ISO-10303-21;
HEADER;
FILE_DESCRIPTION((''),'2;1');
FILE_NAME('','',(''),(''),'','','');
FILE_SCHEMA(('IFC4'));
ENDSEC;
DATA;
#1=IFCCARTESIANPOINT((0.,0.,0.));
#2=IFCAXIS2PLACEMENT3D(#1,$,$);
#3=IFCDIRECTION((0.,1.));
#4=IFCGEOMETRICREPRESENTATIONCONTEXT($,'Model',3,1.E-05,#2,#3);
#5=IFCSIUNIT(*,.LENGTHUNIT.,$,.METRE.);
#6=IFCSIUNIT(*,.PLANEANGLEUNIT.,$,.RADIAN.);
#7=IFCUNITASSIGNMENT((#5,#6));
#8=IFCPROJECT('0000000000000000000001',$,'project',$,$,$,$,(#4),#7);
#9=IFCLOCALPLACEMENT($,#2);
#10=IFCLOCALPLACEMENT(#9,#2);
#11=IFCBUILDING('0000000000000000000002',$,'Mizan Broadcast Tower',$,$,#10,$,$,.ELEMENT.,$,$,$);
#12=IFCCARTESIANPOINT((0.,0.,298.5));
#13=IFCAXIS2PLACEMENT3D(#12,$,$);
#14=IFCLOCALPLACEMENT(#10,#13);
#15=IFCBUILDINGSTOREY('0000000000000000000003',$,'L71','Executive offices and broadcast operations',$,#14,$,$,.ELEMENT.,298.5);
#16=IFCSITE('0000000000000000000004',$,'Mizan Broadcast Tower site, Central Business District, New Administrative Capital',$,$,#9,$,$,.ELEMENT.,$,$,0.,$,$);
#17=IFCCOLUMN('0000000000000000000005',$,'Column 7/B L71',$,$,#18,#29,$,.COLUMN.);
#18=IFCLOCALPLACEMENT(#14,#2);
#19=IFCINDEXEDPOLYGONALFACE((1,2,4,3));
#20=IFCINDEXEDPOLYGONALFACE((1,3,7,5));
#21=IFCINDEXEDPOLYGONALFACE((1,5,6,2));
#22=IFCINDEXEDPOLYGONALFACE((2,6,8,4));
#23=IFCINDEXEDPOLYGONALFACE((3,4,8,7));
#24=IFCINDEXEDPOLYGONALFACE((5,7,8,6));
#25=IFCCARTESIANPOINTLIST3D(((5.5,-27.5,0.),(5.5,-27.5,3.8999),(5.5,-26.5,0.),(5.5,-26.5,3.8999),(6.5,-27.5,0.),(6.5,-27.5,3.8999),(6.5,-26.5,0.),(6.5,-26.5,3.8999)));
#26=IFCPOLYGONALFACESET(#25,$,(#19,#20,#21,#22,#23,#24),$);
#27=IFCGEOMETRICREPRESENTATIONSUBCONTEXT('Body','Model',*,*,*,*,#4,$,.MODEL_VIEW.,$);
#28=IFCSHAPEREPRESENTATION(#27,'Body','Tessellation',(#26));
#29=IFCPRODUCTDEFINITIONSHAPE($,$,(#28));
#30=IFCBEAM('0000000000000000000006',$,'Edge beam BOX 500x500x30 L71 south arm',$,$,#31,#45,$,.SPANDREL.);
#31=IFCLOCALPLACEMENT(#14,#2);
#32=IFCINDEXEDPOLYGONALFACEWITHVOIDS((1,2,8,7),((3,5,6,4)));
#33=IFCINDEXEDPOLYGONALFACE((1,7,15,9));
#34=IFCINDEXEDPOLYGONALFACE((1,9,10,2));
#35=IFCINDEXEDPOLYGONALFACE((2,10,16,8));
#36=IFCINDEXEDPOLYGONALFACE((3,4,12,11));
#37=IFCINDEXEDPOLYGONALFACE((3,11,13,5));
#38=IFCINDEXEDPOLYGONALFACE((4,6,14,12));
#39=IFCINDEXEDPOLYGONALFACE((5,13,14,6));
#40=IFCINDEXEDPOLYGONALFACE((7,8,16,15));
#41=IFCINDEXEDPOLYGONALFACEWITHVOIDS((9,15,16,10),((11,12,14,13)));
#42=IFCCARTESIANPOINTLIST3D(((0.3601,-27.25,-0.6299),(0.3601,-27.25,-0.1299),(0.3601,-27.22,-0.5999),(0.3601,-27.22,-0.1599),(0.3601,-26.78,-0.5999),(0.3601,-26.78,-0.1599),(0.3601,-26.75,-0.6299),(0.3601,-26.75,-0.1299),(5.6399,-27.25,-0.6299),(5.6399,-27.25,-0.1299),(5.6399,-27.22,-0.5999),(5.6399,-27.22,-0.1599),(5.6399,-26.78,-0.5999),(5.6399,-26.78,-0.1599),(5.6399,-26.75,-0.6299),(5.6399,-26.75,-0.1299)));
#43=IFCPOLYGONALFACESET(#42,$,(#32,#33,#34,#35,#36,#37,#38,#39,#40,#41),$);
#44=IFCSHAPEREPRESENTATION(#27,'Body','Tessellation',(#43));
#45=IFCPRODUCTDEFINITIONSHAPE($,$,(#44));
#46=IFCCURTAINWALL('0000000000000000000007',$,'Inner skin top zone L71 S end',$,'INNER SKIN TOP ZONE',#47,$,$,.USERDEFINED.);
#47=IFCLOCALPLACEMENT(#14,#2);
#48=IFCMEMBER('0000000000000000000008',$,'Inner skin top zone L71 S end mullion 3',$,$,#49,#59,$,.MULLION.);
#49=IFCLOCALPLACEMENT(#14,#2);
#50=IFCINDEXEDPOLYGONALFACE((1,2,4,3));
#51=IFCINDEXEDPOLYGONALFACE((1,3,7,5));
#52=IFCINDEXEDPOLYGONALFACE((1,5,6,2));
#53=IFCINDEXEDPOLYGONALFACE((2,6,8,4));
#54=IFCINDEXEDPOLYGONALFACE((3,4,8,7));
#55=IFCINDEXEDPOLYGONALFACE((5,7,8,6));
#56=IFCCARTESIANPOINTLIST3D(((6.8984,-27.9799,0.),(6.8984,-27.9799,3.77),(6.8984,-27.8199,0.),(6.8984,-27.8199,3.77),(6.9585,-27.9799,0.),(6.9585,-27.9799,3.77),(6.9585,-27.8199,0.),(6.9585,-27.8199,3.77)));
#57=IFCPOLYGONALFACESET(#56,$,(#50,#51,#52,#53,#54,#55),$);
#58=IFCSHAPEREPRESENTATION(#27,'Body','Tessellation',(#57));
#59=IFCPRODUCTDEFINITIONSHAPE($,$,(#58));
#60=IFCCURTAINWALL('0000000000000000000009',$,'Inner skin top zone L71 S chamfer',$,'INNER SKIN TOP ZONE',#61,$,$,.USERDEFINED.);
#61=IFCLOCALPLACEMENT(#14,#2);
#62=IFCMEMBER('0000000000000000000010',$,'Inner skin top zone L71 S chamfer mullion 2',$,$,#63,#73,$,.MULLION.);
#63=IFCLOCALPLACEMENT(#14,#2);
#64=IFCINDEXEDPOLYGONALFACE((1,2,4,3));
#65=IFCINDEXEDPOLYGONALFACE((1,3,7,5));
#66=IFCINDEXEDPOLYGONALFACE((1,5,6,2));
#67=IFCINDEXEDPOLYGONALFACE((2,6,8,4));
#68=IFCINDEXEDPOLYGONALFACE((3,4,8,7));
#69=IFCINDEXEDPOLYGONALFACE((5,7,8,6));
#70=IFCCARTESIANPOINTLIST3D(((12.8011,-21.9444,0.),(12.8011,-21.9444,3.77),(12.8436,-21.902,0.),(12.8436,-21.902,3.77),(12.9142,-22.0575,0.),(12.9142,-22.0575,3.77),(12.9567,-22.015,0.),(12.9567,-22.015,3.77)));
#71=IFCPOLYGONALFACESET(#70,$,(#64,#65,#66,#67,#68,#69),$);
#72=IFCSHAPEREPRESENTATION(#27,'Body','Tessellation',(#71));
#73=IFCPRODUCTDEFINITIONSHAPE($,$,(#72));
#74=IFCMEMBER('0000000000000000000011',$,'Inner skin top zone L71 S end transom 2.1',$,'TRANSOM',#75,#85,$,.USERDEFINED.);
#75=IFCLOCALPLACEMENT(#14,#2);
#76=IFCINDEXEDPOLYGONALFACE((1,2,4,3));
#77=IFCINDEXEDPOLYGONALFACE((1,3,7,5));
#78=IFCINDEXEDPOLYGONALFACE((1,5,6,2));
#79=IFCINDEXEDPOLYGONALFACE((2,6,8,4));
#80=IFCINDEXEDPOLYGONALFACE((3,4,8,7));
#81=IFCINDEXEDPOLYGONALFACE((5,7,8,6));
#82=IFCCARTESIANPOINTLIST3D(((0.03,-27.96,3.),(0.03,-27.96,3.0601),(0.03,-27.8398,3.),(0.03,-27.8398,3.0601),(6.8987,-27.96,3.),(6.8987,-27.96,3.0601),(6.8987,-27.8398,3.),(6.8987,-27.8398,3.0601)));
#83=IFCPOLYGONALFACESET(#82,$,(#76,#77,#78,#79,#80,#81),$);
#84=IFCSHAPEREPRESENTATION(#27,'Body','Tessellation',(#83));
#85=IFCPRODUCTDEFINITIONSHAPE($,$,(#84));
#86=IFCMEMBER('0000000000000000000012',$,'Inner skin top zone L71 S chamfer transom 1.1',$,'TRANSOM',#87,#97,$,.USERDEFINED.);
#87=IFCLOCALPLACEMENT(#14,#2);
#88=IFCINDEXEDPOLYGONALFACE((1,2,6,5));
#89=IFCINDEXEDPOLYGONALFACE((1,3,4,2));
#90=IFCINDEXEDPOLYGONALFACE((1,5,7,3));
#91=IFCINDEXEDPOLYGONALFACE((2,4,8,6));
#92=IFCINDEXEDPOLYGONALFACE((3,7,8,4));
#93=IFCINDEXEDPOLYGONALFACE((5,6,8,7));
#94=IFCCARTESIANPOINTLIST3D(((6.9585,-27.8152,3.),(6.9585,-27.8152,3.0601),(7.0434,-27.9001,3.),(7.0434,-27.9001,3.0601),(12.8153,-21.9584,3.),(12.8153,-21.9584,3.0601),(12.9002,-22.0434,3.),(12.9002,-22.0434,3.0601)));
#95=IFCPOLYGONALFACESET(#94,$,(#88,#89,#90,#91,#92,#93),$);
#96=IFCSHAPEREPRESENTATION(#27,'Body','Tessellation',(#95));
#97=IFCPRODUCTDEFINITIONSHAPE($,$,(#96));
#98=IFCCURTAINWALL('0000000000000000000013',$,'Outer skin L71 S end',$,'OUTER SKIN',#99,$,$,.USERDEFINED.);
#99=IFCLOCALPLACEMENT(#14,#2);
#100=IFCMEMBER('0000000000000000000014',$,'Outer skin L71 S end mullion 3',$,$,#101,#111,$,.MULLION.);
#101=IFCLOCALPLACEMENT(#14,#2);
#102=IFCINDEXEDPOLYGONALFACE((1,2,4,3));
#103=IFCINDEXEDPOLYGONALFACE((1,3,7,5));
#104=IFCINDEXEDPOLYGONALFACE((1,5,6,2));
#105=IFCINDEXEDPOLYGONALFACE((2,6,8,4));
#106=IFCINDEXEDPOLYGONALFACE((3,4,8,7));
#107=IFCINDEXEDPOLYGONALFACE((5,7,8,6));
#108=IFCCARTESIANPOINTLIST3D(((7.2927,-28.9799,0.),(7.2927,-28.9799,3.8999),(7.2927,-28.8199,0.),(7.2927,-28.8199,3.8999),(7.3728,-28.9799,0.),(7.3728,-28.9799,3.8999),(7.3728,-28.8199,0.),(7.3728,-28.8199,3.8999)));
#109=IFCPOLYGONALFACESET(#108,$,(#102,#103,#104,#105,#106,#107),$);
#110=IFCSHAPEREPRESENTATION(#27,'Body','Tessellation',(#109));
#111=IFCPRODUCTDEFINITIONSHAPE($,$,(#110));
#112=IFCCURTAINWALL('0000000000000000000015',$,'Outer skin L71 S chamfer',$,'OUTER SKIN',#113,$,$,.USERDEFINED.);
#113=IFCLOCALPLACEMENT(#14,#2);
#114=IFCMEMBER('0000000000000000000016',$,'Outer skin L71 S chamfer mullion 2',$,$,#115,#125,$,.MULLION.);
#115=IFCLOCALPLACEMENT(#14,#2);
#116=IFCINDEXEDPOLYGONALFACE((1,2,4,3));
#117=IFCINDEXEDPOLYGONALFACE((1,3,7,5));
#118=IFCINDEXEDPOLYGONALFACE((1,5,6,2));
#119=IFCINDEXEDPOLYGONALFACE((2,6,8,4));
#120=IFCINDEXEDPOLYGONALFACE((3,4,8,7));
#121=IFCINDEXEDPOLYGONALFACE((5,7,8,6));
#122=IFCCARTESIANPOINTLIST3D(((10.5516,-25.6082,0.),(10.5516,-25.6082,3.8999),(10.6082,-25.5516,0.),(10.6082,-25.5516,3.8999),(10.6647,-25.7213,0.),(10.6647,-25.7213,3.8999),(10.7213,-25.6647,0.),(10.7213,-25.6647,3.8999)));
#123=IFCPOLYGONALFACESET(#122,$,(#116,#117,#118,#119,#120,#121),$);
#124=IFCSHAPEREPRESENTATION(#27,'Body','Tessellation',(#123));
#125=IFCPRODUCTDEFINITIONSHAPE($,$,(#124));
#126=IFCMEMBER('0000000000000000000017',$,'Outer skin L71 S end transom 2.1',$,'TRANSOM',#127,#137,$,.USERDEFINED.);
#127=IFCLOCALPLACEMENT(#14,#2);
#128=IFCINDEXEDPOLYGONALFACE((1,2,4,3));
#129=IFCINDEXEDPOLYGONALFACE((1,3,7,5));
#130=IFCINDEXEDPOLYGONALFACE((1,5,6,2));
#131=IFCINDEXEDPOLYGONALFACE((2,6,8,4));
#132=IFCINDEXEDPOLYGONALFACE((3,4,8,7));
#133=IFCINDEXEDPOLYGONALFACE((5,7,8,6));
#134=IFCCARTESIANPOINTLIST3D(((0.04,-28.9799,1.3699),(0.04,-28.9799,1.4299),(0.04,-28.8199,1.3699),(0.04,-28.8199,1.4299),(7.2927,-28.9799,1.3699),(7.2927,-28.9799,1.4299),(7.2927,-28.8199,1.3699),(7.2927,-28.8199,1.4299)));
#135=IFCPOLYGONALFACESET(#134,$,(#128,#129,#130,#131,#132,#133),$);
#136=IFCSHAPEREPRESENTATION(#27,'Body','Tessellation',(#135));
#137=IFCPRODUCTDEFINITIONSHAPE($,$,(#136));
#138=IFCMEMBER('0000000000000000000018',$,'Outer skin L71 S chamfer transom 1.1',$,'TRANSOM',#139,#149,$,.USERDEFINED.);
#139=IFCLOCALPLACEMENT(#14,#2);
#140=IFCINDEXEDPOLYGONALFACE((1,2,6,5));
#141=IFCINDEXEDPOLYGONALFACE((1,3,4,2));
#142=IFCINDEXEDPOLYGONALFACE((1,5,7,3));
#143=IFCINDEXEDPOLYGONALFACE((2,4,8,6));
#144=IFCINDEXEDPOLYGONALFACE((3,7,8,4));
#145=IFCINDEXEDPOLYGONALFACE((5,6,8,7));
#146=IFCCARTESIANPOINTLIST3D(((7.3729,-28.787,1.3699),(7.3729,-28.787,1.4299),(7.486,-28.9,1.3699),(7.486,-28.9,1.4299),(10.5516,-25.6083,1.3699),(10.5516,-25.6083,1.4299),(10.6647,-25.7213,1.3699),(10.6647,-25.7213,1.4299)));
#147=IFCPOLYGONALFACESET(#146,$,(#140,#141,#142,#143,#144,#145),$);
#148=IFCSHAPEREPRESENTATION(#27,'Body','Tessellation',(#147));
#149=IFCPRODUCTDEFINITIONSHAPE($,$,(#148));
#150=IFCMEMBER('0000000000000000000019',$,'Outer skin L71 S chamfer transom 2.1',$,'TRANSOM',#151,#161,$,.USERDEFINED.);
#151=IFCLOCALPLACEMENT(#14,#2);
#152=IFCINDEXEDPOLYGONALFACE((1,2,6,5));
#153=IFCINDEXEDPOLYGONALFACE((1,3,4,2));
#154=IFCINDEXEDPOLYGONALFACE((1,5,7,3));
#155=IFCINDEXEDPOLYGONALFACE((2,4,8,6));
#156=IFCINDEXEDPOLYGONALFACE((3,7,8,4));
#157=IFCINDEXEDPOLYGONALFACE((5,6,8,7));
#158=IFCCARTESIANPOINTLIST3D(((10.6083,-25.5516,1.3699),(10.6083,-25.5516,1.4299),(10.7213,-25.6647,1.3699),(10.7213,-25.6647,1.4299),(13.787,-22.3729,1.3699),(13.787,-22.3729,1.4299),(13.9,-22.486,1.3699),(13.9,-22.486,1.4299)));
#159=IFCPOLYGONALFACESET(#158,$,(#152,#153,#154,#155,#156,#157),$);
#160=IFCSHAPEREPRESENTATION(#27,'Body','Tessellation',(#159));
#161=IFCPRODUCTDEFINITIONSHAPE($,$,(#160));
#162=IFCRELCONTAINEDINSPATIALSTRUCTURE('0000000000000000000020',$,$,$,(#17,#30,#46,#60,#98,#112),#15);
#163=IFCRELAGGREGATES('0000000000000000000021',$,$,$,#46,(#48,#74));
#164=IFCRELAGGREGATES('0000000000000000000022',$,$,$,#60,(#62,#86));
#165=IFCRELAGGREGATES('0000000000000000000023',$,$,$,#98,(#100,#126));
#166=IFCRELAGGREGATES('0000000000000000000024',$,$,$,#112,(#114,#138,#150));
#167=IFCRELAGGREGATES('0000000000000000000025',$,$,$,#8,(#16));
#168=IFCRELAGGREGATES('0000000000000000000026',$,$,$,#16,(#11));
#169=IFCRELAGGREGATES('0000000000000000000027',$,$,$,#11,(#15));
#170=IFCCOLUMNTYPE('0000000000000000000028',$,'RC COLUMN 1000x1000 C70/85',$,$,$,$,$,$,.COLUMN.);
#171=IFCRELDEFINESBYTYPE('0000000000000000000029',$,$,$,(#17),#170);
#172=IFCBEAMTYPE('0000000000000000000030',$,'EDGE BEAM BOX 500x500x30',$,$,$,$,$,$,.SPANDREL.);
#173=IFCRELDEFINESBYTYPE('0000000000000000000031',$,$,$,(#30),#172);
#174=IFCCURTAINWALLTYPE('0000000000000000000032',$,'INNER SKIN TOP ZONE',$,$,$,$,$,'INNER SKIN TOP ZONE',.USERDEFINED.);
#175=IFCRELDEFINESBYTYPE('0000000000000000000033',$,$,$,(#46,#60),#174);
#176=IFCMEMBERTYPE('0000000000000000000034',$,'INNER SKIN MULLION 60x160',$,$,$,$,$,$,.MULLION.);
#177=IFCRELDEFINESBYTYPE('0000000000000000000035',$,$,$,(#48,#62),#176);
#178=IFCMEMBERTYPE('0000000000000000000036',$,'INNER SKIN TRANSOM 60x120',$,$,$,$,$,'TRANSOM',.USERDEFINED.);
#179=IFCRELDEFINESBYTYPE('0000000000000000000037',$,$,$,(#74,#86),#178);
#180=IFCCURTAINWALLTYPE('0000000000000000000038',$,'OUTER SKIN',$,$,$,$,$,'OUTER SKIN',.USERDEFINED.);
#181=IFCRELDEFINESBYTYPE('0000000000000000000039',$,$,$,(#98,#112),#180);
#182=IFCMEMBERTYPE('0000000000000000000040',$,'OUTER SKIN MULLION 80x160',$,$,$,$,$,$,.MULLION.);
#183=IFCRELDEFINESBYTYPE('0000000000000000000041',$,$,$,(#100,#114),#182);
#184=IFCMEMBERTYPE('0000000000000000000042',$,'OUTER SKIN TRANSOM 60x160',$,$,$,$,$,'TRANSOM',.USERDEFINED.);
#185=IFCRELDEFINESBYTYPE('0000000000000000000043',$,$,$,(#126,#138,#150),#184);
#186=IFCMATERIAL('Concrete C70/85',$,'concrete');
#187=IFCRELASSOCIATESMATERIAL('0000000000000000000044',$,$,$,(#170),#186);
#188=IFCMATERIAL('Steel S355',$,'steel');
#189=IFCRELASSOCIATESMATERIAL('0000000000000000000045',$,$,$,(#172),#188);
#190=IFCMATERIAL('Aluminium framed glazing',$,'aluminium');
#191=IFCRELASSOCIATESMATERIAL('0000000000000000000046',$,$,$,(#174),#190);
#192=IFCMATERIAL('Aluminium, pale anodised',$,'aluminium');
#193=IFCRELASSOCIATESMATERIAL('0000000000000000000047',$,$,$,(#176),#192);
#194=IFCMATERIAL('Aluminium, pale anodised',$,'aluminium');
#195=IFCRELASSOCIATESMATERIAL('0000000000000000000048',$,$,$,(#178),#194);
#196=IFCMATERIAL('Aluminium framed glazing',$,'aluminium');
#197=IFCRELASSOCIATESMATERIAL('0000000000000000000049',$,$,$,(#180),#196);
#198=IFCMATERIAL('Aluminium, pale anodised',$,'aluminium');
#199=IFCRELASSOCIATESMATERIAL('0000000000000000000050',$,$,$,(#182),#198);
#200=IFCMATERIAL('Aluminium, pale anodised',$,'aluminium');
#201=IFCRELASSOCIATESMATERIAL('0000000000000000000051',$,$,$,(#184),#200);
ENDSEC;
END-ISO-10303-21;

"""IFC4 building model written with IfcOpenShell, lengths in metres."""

from ifc_helpers import new_model, si_unit, direction, frame, origin, origin_2d, place, context, subcontext, project, spatial, rectangle, hollow_rectangle, extrude, material, material_profile, profile_set, type_object, element, aggregate, save


model = new_model("IFC4")

# Units and contexts
model_context = context("Model", 3, precision=1e-05, world=origin(), true_north=direction((0.0, 1.0)))
body_context = subcontext(model_context, "Body", "Model", "MODEL_VIEW")
ifc_project = project(units=[si_unit("LENGTHUNIT", "METRE"), si_unit("PLANEANGLEUNIT", "RADIAN")], contexts=[model_context])

# Site, building, storey
site_placement = place(None, origin())
site = spatial("IfcSite", under=ifc_project, at=site_placement, Name="Mizan Broadcast Tower site, Central Business District, New Administrative Capital", CompositionType="ELEMENT", RefElevation=0.0)
building_placement = place(site_placement, origin())
building = spatial("IfcBuilding", under=site, at=building_placement, Name="Mizan Broadcast Tower", CompositionType="ELEMENT")
storey_placement = place(building_placement, frame((0.0, 0.0, 298.5)))
storey = spatial("IfcBuildingStorey", under=building, at=storey_placement, Name="L71", Description="Executive offices and broadcast operations", CompositionType="ELEMENT", Elevation=298.5)

# Column
ifc_material_1 = material(Name="Concrete C70/85", Category="concrete")
ifc_material_profile_1 = material_profile(ifc_material_1, rectangle(XDim=1.0, YDim=1.0, at=origin_2d()), Name="RC 1000x1000")
ifc_profile_set_1 = profile_set([ifc_material_profile_1], Name="Concrete C70/85")
column_type = type_object("IfcColumnType", Name="RC COLUMN 1000x1000 C70/85", PredefinedType="COLUMN", material=ifc_profile_set_1)
column_placement = place(storey_placement, frame((6.0, -27.0, 0.0), z_axis=(0.0, 0.0, 1.0), x_axis=(1.0, 0.0, 0.0)))
element("IfcColumn", 1, at=column_placement, inside=storey, type_object=column_type, Name="Column 7/B L71", PredefinedType="COLUMN", context=body_context, shape_type="SweptSolid", body=[
    extrude(rectangle(XDim=1.0, YDim=1.0, at=origin_2d()), origin(), (0.0, 0.0, 1.0), 3.8999),
])

# Beam
ifc_material_2 = material(Name="Steel S355", Category="steel")
ifc_material_profile_2 = material_profile(ifc_material_2, hollow_rectangle(XDim=0.5, YDim=0.5, WallThickness=0.03, at=origin_2d()), Name="BOX 500x500x30")
ifc_profile_set_2 = profile_set([ifc_material_profile_2], Name="Steel S355")
beam_type_1 = type_object("IfcBeamType", Name="EDGE BEAM BOX 500x500x30", PredefinedType="SPANDREL", material=ifc_profile_set_2)
beam_1_placement = place(storey_placement, frame((5.6399, -27.0, -0.3799), z_axis=(-1.0, 0.0, 0.0), x_axis=(0.0, -1.0, 0.0)))
element("IfcBeam", 2, at=beam_1_placement, inside=storey, type_object=beam_type_1, Name="Edge beam BOX 500x500x30 L71 south arm", PredefinedType="SPANDREL", context=body_context, shape_type="SweptSolid", body=[
    extrude(hollow_rectangle(XDim=0.5, YDim=0.5, WallThickness=0.03, at=origin_2d()), origin(), (0.0, 0.0, 1.0), 5.2798),
])

# Curtain walls, members
ifc_material_3 = material(Name="Aluminium framed glazing", Category="aluminium")
curtain_wall_type_1 = type_object("IfcCurtainWallType", Name="INNER SKIN TOP ZONE", ElementType="INNER SKIN TOP ZONE", PredefinedType="USERDEFINED", material=ifc_material_3)
curtain_wall_1_placement = place(storey_placement, origin())
curtain_wall_1 = element("IfcCurtainWall", 3, at=curtain_wall_1_placement, inside=storey, type_object=curtain_wall_type_1, Name="Inner skin top zone L71 S end", ObjectType="INNER SKIN TOP ZONE", PredefinedType="USERDEFINED")
ifc_material_4 = material(Name="Aluminium, pale anodised", Category="aluminium")
ifc_material_profile_3 = material_profile(ifc_material_4, rectangle(XDim=0.1599, YDim=0.0601, at=origin_2d()), Name="MULLION 160x60")
ifc_profile_set_3 = profile_set([ifc_material_profile_3], Name="Aluminium, pale anodised")
member_type_1 = type_object("IfcMemberType", Name="INNER SKIN MULLION 60x160", PredefinedType="MULLION", material=ifc_profile_set_3)
member_1_placement = place(storey_placement, frame((6.9285, -27.8999, 0.0), z_axis=(0.0, 0.0, 1.0), x_axis=(0.0, 1.0, 0.0)))
member_1 = element("IfcMember", 4, at=member_1_placement, type_object=member_type_1, Name="Inner skin top zone L71 S end mullion 3", PredefinedType="MULLION", context=body_context, shape_type="SweptSolid", body=[
    extrude(rectangle(XDim=0.1599, YDim=0.0601, at=origin_2d()), origin(), (0.0, 0.0, 1.0), 3.77),
])
curtain_wall_2_placement = place(storey_placement, origin())
curtain_wall_2 = element("IfcCurtainWall", 5, at=curtain_wall_2_placement, inside=storey, type_object=curtain_wall_type_1, Name="Inner skin top zone L71 S chamfer", ObjectType="INNER SKIN TOP ZONE", PredefinedType="USERDEFINED")
member_2_placement = place(storey_placement, frame((12.8789, -21.9797, 0.0), z_axis=(0.0, 0.0, 1.0), x_axis=(-0.707107, 0.707107, 0.0)))
member_2 = element("IfcMember", 6, at=member_2_placement, type_object=member_type_1, Name="Inner skin top zone L71 S chamfer mullion 2", PredefinedType="MULLION", context=body_context, shape_type="SweptSolid", body=[
    extrude(rectangle(XDim=0.1599, YDim=0.0601, at=origin_2d()), origin(), (0.0, 0.0, 1.0), 3.77),
])

# Members
ifc_material_5 = material(Name="Aluminium, pale anodised", Category="aluminium")
ifc_material_profile_4 = material_profile(ifc_material_5, rectangle(XDim=0.1201, YDim=0.0601, at=origin_2d()), Name="TRANSOM 120x60")
ifc_profile_set_4 = profile_set([ifc_material_profile_4], Name="Aluminium, pale anodised")
member_type_2 = type_object("IfcMemberType", Name="INNER SKIN TRANSOM 60x120", ElementType="TRANSOM", PredefinedType="USERDEFINED", material=ifc_profile_set_4)
member_3_placement = place(storey_placement, frame((0.03, -27.8999, 3.03), z_axis=(1.0, 0.0, 0.0), x_axis=(0.0, 1.0, 0.0)))
member_3 = element("IfcMember", 7, at=member_3_placement, type_object=member_type_2, Name="Inner skin top zone L71 S end transom 2.1", ObjectType="TRANSOM", PredefinedType="USERDEFINED", context=body_context, shape_type="SweptSolid", body=[
    extrude(rectangle(XDim=0.1201, YDim=0.0601, at=origin_2d()), origin(), (0.0, 0.0, 1.0), 6.8687),
])
member_4_placement = place(storey_placement, frame((7.001, -27.8577, 3.03), z_axis=(0.707107, 0.707107, 0.0), x_axis=(-0.707107, 0.707107, 0.0)))
member_4 = element("IfcMember", 8, at=member_4_placement, type_object=member_type_2, Name="Inner skin top zone L71 S chamfer transom 1.1", ObjectType="TRANSOM", PredefinedType="USERDEFINED", context=body_context, shape_type="SweptSolid", body=[
    extrude(rectangle(XDim=0.1201, YDim=0.0601, at=origin_2d()), origin(), (0.0, 0.0, 1.0), 8.2827),
])

# Curtain walls, members
ifc_material_6 = material(Name="Aluminium framed glazing", Category="aluminium")
curtain_wall_type_2 = type_object("IfcCurtainWallType", Name="OUTER SKIN", ElementType="OUTER SKIN", PredefinedType="USERDEFINED", material=ifc_material_6)
curtain_wall_3_placement = place(storey_placement, origin())
curtain_wall_3 = element("IfcCurtainWall", 9, at=curtain_wall_3_placement, inside=storey, type_object=curtain_wall_type_2, Name="Outer skin L71 S end", ObjectType="OUTER SKIN", PredefinedType="USERDEFINED")
ifc_material_7 = material(Name="Aluminium, pale anodised", Category="aluminium")
ifc_material_profile_5 = material_profile(ifc_material_7, rectangle(XDim=0.1599, YDim=0.0801, at=origin_2d()), Name="MULLION 160x80")
ifc_profile_set_5 = profile_set([ifc_material_profile_5], Name="Aluminium, pale anodised")
member_type_3 = type_object("IfcMemberType", Name="OUTER SKIN MULLION 80x160", PredefinedType="MULLION", material=ifc_profile_set_5)
member_5_placement = place(storey_placement, frame((7.3328, -28.8999, 0.0), z_axis=(0.0, 0.0, 1.0), x_axis=(0.0, 1.0, 0.0)))
member_5 = element("IfcMember", 10, at=member_5_placement, type_object=member_type_3, Name="Outer skin L71 S end mullion 3", PredefinedType="MULLION", context=body_context, shape_type="SweptSolid", body=[
    extrude(rectangle(XDim=0.1599, YDim=0.0801, at=origin_2d()), origin(), (0.0, 0.0, 1.0), 3.8999),
])
curtain_wall_4_placement = place(storey_placement, origin())
curtain_wall_4 = element("IfcCurtainWall", 11, at=curtain_wall_4_placement, inside=storey, type_object=curtain_wall_type_2, Name="Outer skin L71 S chamfer", ObjectType="OUTER SKIN", PredefinedType="USERDEFINED")
member_6_placement = place(storey_placement, frame((10.6365, -25.6365, 0.0), z_axis=(0.0, 0.0, 1.0), x_axis=(-0.707107, 0.707107, 0.0)))
member_6 = element("IfcMember", 12, at=member_6_placement, type_object=member_type_3, Name="Outer skin L71 S chamfer mullion 2", PredefinedType="MULLION", context=body_context, shape_type="SweptSolid", body=[
    extrude(rectangle(XDim=0.1599, YDim=0.0801, at=origin_2d()), origin(), (0.0, 0.0, 1.0), 3.8999),
])

# Members
ifc_material_8 = material(Name="Aluminium, pale anodised", Category="aluminium")
ifc_material_profile_6 = material_profile(ifc_material_8, rectangle(XDim=0.1599, YDim=0.0601, at=origin_2d()), Name="TRANSOM 160x60")
ifc_profile_set_6 = profile_set([ifc_material_profile_6], Name="Aluminium, pale anodised")
member_type_4 = type_object("IfcMemberType", Name="OUTER SKIN TRANSOM 60x160", ElementType="TRANSOM", PredefinedType="USERDEFINED", material=ifc_profile_set_6)
member_7_placement = place(storey_placement, frame((0.04, -28.8999, 1.3999), z_axis=(1.0, 0.0, 0.0), x_axis=(0.0, 1.0, 0.0)))
member_7 = element("IfcMember", 13, at=member_7_placement, type_object=member_type_4, Name="Outer skin L71 S end transom 2.1", ObjectType="TRANSOM", PredefinedType="USERDEFINED", context=body_context, shape_type="SweptSolid", body=[
    extrude(rectangle(XDim=0.1599, YDim=0.0601, at=origin_2d()), origin(), (0.0, 0.0, 1.0), 7.2527),
])
member_8_placement = place(storey_placement, frame((7.4294, -28.8435, 1.3999), z_axis=(0.707107, 0.707107, 0.0), x_axis=(-0.707107, 0.707107, 0.0)))
member_8 = element("IfcMember", 14, at=member_8_placement, type_object=member_type_4, Name="Outer skin L71 S chamfer transom 1.1", ObjectType="TRANSOM", PredefinedType="USERDEFINED", context=body_context, shape_type="SweptSolid", body=[
    extrude(rectangle(XDim=0.1599, YDim=0.0601, at=origin_2d()), origin(), (0.0, 0.0, 1.0), 4.4954),
])
member_9_placement = place(storey_placement, frame((10.6648, -25.6082, 1.3999), z_axis=(0.707107, 0.707107, 0.0), x_axis=(-0.707107, 0.707107, 0.0)))
member_9 = element("IfcMember", 15, at=member_9_placement, type_object=member_type_4, Name="Outer skin L71 S chamfer transom 2.1", ObjectType="TRANSOM", PredefinedType="USERDEFINED", context=body_context, shape_type="SweptSolid", body=[
    extrude(rectangle(XDim=0.1599, YDim=0.0601, at=origin_2d()), origin(), (0.0, 0.0, 1.0), 4.4954),
])

aggregate(curtain_wall_1, [member_1, member_3])
aggregate(curtain_wall_2, [member_2, member_4])
aggregate(curtain_wall_3, [member_5, member_7])
aggregate(curtain_wall_4, [member_6, member_8, member_9])

save(model, "model.ifc")
